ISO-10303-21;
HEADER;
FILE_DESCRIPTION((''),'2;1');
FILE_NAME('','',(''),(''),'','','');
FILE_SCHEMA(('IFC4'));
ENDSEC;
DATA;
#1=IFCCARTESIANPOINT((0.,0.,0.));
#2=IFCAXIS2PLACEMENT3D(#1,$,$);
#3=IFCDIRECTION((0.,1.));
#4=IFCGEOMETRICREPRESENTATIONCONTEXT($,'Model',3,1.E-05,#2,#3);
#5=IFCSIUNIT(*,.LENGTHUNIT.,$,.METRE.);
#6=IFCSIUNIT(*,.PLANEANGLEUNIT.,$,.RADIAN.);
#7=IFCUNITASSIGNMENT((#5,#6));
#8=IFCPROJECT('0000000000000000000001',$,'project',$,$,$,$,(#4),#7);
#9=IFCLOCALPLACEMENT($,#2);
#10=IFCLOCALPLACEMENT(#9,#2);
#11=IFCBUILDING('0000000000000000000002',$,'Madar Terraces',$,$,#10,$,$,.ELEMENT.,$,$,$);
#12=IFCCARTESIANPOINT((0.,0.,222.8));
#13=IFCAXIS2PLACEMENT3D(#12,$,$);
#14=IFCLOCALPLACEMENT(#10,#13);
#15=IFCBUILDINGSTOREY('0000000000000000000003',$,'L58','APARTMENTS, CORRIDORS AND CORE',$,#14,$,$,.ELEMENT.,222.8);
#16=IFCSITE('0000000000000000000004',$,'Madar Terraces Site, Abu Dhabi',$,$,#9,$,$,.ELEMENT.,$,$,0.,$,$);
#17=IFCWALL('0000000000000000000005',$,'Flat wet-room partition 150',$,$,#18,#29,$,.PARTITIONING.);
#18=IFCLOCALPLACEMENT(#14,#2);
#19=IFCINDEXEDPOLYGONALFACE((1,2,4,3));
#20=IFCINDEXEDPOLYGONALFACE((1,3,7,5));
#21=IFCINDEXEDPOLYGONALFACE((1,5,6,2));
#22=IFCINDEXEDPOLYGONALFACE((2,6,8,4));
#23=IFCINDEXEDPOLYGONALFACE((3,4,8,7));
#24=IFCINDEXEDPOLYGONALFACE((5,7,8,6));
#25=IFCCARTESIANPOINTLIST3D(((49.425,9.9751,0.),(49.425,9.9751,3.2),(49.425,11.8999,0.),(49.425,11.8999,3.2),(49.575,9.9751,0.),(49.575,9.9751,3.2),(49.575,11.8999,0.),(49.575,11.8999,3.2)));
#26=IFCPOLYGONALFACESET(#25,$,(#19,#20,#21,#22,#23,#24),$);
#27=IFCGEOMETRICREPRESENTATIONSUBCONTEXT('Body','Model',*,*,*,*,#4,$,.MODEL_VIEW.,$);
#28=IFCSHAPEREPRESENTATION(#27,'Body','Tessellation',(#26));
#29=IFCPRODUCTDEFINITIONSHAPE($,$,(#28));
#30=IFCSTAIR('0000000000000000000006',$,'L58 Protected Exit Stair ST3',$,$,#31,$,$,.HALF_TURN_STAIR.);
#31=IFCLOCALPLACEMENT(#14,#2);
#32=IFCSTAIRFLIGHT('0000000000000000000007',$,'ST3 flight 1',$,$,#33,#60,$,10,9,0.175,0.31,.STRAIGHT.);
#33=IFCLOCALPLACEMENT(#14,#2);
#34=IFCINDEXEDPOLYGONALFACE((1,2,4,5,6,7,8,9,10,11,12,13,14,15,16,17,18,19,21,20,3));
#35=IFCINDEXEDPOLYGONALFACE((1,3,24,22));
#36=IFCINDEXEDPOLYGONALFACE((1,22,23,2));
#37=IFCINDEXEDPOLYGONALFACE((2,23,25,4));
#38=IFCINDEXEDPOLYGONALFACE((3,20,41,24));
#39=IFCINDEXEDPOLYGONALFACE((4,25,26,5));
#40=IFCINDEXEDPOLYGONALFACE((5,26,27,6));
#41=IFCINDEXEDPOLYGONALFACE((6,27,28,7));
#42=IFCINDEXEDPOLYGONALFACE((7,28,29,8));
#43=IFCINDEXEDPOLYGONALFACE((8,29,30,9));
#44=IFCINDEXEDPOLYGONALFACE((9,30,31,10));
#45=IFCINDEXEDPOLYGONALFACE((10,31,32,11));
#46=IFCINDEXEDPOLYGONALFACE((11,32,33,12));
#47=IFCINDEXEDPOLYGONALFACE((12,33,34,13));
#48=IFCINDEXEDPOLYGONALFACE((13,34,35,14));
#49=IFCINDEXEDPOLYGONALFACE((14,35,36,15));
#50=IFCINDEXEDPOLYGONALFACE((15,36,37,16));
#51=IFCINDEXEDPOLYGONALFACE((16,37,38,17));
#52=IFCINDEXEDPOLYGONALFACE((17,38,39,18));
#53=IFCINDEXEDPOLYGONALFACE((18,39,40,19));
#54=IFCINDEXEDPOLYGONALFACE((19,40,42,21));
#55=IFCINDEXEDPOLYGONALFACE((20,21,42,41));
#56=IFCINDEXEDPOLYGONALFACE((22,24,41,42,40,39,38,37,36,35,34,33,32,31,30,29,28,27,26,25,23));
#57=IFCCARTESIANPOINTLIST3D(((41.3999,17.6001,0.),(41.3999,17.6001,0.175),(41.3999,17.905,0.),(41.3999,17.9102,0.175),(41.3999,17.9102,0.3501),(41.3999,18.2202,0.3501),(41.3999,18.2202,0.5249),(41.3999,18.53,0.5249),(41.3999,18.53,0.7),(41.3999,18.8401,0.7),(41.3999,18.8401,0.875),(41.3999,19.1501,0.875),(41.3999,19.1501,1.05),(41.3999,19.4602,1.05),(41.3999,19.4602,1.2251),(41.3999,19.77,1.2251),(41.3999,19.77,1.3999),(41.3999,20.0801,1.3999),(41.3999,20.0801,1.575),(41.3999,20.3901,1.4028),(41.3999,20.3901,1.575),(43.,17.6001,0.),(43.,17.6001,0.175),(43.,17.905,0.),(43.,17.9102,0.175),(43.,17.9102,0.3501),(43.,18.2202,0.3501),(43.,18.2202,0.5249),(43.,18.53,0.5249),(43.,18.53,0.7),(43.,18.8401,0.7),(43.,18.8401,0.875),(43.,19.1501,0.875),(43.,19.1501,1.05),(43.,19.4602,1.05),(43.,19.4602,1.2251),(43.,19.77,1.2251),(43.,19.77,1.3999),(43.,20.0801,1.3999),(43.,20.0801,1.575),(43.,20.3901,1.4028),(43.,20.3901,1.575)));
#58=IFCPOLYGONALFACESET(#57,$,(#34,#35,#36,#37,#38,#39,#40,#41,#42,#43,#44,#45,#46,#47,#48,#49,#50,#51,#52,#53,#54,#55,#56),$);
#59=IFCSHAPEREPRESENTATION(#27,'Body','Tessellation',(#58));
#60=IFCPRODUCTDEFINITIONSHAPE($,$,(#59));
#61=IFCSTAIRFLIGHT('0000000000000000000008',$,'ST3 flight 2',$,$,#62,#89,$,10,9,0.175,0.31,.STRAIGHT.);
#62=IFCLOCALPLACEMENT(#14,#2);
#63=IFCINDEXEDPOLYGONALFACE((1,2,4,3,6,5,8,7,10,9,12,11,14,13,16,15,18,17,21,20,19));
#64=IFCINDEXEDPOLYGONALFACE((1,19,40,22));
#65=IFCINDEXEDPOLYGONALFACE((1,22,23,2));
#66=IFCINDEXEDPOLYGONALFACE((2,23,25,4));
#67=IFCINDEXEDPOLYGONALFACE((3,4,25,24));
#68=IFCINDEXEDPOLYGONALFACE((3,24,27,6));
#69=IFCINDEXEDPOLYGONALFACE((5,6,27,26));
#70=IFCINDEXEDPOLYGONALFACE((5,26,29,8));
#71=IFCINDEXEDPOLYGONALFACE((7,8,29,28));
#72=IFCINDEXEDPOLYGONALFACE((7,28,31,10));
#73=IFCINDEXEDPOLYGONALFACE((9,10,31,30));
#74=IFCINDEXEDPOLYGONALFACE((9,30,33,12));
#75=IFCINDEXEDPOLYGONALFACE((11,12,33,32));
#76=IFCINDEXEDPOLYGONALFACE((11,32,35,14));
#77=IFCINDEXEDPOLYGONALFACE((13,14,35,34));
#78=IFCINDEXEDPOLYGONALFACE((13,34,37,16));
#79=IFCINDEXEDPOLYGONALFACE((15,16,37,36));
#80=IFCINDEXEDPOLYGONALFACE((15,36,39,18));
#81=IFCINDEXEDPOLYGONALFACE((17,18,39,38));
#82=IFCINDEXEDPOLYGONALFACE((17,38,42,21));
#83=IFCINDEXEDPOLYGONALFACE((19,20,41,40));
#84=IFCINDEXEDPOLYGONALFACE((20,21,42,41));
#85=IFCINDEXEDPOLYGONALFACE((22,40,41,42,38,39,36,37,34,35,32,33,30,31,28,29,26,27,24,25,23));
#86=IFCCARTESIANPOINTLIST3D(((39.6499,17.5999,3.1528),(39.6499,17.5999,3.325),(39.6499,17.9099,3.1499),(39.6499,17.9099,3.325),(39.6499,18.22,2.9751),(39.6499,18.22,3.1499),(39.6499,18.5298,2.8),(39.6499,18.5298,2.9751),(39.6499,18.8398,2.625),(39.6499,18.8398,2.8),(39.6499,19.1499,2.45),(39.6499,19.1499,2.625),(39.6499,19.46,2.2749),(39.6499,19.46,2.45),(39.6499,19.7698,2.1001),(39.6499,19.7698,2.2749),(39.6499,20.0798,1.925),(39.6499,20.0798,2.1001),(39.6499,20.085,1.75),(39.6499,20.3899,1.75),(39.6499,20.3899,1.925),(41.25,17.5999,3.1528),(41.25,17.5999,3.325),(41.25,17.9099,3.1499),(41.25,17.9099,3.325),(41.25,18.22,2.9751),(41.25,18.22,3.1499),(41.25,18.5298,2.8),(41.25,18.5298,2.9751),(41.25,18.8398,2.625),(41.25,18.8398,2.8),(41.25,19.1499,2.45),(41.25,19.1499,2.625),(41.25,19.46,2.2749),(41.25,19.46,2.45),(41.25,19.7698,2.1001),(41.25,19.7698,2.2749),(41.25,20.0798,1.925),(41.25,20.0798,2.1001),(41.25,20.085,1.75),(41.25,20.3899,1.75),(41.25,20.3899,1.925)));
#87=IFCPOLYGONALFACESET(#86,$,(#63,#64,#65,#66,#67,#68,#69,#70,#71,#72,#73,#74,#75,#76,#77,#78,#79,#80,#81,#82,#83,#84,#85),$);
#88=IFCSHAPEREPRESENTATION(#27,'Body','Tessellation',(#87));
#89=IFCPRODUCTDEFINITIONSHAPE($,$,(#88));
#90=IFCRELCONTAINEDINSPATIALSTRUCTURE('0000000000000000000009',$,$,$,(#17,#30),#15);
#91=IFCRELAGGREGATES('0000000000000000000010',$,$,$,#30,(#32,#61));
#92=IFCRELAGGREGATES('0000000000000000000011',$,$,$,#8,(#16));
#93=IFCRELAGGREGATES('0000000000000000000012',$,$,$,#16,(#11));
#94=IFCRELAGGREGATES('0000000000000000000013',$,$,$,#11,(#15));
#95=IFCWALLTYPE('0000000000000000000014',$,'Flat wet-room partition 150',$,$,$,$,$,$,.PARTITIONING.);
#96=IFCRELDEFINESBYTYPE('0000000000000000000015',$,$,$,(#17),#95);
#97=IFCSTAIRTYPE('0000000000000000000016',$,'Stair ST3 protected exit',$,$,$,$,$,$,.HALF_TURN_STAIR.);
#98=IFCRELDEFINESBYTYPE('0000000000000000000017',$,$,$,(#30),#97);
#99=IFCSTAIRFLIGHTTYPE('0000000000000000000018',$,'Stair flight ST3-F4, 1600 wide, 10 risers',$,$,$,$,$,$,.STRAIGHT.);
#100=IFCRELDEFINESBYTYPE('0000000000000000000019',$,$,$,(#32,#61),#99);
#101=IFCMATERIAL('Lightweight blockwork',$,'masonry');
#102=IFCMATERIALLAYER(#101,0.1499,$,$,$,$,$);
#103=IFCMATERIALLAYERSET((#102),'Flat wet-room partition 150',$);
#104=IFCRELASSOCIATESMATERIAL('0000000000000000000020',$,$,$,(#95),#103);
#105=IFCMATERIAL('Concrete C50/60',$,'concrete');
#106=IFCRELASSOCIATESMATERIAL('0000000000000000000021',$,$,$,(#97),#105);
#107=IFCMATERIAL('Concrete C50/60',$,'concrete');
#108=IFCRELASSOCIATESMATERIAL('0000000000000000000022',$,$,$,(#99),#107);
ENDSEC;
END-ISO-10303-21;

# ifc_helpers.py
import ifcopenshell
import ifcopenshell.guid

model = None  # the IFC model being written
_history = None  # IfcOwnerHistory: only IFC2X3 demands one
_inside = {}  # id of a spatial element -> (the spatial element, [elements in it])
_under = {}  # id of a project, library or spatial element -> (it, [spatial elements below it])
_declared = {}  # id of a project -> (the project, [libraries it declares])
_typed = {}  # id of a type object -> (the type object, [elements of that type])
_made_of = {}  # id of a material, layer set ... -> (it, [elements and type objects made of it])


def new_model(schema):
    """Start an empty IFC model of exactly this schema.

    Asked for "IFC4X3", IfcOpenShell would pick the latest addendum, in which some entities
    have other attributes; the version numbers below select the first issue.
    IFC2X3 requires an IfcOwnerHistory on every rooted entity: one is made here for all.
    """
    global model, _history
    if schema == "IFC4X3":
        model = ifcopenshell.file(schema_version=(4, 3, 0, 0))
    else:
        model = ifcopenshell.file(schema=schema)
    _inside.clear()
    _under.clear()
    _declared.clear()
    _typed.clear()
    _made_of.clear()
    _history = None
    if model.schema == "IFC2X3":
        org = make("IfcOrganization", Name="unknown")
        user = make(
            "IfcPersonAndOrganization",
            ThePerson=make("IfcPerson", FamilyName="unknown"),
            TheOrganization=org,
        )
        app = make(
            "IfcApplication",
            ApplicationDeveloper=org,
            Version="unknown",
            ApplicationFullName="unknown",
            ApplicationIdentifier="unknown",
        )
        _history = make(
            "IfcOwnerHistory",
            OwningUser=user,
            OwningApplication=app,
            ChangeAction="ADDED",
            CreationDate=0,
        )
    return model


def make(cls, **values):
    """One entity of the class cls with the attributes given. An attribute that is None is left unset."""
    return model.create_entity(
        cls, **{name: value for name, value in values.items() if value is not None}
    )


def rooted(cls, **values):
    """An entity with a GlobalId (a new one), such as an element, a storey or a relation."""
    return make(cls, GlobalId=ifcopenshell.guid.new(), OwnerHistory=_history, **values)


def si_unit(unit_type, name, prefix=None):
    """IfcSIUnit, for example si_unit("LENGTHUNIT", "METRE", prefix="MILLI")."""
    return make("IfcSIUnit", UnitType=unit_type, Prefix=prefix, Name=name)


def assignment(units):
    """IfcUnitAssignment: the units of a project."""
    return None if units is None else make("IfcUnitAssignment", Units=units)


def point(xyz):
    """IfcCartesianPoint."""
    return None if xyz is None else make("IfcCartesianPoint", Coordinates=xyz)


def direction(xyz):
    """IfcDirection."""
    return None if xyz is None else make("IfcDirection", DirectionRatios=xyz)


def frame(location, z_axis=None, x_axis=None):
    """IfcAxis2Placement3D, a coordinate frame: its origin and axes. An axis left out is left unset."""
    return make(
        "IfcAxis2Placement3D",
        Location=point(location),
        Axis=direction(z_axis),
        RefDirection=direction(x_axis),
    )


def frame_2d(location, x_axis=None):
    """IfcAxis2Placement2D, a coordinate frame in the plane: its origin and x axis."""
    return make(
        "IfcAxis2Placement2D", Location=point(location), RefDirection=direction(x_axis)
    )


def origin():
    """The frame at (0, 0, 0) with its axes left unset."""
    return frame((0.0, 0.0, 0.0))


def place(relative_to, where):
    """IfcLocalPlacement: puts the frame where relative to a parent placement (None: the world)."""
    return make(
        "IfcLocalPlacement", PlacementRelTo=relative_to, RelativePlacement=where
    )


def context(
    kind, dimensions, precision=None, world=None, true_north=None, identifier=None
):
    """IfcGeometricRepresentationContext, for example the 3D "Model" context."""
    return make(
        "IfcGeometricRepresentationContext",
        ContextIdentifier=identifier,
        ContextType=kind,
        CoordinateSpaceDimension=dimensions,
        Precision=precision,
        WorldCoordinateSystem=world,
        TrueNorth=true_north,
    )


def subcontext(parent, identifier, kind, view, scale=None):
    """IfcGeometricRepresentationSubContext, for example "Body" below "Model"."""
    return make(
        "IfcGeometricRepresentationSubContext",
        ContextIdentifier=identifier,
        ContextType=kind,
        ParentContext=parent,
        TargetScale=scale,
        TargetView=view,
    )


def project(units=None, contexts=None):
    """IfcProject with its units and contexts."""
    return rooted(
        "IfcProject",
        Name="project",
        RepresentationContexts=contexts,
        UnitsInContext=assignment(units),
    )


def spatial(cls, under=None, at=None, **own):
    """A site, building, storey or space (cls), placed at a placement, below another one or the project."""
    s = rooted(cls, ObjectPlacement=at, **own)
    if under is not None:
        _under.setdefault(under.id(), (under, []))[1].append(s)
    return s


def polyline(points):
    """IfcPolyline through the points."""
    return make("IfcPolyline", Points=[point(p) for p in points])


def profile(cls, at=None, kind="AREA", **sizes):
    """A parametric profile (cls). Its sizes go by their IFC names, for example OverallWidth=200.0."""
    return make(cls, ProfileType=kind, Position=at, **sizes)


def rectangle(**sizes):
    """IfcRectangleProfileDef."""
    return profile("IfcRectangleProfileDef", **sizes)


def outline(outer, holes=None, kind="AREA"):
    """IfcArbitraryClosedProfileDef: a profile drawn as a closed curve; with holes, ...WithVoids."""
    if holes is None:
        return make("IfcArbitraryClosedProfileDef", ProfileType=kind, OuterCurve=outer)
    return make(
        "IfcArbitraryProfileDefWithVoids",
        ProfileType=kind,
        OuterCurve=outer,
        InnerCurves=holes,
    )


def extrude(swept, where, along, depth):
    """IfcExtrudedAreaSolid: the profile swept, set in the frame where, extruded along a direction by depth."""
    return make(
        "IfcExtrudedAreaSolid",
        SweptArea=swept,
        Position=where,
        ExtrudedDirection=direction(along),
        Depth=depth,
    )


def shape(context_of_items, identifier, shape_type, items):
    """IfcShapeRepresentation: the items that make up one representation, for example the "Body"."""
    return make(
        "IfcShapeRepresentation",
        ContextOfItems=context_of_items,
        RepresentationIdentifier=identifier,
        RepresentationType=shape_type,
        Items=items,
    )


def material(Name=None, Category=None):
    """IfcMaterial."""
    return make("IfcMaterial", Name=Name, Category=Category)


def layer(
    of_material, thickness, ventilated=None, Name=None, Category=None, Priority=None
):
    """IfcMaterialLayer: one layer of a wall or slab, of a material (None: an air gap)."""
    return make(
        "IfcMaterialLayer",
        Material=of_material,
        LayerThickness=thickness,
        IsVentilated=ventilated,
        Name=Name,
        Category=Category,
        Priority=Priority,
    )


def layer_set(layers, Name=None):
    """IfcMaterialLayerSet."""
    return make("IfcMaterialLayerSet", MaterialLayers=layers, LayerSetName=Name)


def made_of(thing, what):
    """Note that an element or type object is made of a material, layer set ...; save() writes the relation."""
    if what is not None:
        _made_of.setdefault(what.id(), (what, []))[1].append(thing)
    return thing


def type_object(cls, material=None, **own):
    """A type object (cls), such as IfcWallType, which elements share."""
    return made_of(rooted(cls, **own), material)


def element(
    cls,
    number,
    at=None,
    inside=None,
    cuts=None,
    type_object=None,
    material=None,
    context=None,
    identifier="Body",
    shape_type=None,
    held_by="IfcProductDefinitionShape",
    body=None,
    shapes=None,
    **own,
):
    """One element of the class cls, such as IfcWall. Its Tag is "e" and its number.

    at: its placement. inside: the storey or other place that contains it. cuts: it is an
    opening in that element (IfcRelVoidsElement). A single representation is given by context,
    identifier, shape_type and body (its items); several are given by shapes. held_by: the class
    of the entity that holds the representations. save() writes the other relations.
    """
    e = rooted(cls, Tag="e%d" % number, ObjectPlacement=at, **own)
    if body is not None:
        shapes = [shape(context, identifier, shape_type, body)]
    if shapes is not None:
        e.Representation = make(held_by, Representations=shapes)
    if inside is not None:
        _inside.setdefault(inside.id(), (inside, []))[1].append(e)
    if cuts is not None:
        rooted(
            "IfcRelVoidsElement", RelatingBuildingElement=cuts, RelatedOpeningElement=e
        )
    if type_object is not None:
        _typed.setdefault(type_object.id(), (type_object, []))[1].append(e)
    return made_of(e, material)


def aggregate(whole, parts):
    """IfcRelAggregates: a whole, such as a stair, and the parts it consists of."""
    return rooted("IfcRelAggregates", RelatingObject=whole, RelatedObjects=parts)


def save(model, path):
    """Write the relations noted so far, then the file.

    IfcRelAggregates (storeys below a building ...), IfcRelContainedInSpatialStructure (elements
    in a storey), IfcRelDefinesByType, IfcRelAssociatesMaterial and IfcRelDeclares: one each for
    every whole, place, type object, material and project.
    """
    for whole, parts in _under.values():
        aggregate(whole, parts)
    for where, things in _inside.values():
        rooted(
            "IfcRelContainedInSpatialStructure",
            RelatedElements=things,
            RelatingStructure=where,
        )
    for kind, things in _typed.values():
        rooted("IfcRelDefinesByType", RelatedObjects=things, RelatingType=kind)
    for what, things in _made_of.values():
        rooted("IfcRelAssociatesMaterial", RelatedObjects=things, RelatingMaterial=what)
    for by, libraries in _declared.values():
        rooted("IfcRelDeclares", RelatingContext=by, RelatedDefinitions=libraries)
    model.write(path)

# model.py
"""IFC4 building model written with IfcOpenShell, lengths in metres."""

from ifc_helpers import new_model, si_unit, direction, frame, frame_2d, origin, place, context, subcontext, project, spatial, polyline, rectangle, outline, extrude, material, layer, layer_set, type_object, element, aggregate, save


model = new_model("IFC4")

# Units and contexts
model_context = context("Model", 3, precision=1e-05, world=origin(), true_north=direction((0.0, 1.0)))
body_context = subcontext(model_context, "Body", "Model", "MODEL_VIEW")
ifc_project = project(units=[si_unit("LENGTHUNIT", "METRE"), si_unit("PLANEANGLEUNIT", "RADIAN")], contexts=[model_context])

# Site, building, storey
site_placement = place(None, origin())
site = spatial("IfcSite", under=ifc_project, at=site_placement, Name="Madar Terraces Site, Abu Dhabi", CompositionType="ELEMENT", RefElevation=0.0)
building_placement = place(site_placement, origin())
building = spatial("IfcBuilding", under=site, at=building_placement, Name="Madar Terraces", CompositionType="ELEMENT")
storey_placement = place(building_placement, frame((0.0, 0.0, 222.8)))
storey = spatial("IfcBuildingStorey", under=building, at=storey_placement, Name="L58", Description="APARTMENTS, CORRIDORS AND CORE", CompositionType="ELEMENT", Elevation=222.8)

# Wall
ifc_material_1 = material(Name="Lightweight blockwork", Category="masonry")
ifc_layer_1 = layer(ifc_material_1, 0.1499)
ifc_layer_set_1 = layer_set([ifc_layer_1], Name="Flat wet-room partition 150")
wall_type_1 = type_object("IfcWallType", Name="Flat wet-room partition 150", PredefinedType="PARTITIONING", material=ifc_layer_set_1)
wall_1_placement = place(storey_placement, frame((49.5, 11.8999, 0.0), z_axis=(0.0, 0.0, 1.0), x_axis=(0.0, -1.0, 0.0)))
element("IfcWall", 1, at=wall_1_placement, inside=storey, type_object=wall_type_1, Name="Flat wet-room partition 150", PredefinedType="PARTITIONING", context=body_context, shape_type="SweptSolid", body=[
    extrude(rectangle(XDim=1.9248, YDim=0.1499, at=frame_2d((0.9624, 0.0))), origin(), (0.0, 0.0, 1.0), 3.2),
])

# Stair, stair flights
ifc_material_2 = material(Name="Concrete C50/60", Category="concrete")
stair_type = type_object("IfcStairType", Name="Stair ST3 protected exit", PredefinedType="HALF_TURN_STAIR", material=ifc_material_2)
stair_placement = place(storey_placement, origin())
stair = element("IfcStair", 2, at=stair_placement, inside=storey, type_object=stair_type, Name="L58 Protected Exit Stair ST3", PredefinedType="HALF_TURN_STAIR")
ifc_material_3 = material(Name="Concrete C50/60", Category="concrete")
stair_flight_type = type_object("IfcStairFlightType", Name="Stair flight ST3-F4, 1600 wide, 10 risers", PredefinedType="STRAIGHT", material=ifc_material_3)
stair_flight_1_placement = place(storey_placement, frame((42.2, 17.6001, 0.0), z_axis=(0.0, 0.0, 1.0), x_axis=(0.0, 1.0, 0.0)))
stair_flight_1 = element("IfcStairFlight", 3, at=stair_flight_1_placement, type_object=stair_flight_type, Name="ST3 flight 1", NumberOfRisers=10, NumberOfTreads=9, PredefinedType="STRAIGHT", RiserHeight=0.175, TreadLength=0.31, context=body_context, shape_type="SweptSolid", body=[
    extrude(outline(polyline([(0.0, 0.0), (0.0, 0.175), (0.3101, 0.175), (0.3101, 0.3501), (0.6201, 0.3501), (0.6201, 0.5249), (0.9299, 0.5249), (0.9299, 0.7), (1.24, 0.7), (1.24, 0.875), (1.55, 0.875), (1.55, 1.05), (1.8601, 1.05), (1.8601, 1.2251), (2.1699, 1.2251), (2.1699, 1.3999), (2.48, 1.3999), (2.48, 1.575), (2.79, 1.575), (2.79, 1.75), (2.79, 1.4028), (0.3049, 0.0), (0.0, 0.0)])), frame((0.0, 0.8, 0.0), z_axis=(0.0, -1.0, 0.0), x_axis=(1.0, 0.0, 0.0)), (0.0, 0.0, 1.0), 1.6001),
])
stair_flight_2_placement = place(storey_placement, frame((40.45, 20.3899, 1.75), z_axis=(0.0, 0.0, 1.0), x_axis=(0.0, -1.0, 0.0)))
stair_flight_2 = element("IfcStairFlight", 4, at=stair_flight_2_placement, type_object=stair_flight_type, Name="ST3 flight 2", NumberOfRisers=10, NumberOfTreads=9, PredefinedType="STRAIGHT", RiserHeight=0.175, TreadLength=0.31, context=body_context, shape_type="SweptSolid", body=[
    extrude(outline(polyline([(0.0, 0.0), (0.0, 0.175), (0.3101, 0.175), (0.3101, 0.3501), (0.6201, 0.3501), (0.6201, 0.5249), (0.9299, 0.5249), (0.9299, 0.7), (1.24, 0.7), (1.24, 0.875), (1.55, 0.875), (1.55, 1.05), (1.8601, 1.05), (1.8601, 1.2251), (2.1699, 1.2251), (2.1699, 1.3999), (2.48, 1.3999), (2.48, 1.575), (2.79, 1.575), (2.79, 1.75), (2.79, 1.4028), (0.3049, 0.0), (0.0, 0.0)])), frame((0.0, 0.8, 0.0), z_axis=(0.0, -1.0, 0.0), x_axis=(1.0, 0.0, 0.0)), (0.0, 0.0, 1.0), 1.6001),
])
aggregate(stair, [stair_flight_1, stair_flight_2])

save(model, "model.ifc")
